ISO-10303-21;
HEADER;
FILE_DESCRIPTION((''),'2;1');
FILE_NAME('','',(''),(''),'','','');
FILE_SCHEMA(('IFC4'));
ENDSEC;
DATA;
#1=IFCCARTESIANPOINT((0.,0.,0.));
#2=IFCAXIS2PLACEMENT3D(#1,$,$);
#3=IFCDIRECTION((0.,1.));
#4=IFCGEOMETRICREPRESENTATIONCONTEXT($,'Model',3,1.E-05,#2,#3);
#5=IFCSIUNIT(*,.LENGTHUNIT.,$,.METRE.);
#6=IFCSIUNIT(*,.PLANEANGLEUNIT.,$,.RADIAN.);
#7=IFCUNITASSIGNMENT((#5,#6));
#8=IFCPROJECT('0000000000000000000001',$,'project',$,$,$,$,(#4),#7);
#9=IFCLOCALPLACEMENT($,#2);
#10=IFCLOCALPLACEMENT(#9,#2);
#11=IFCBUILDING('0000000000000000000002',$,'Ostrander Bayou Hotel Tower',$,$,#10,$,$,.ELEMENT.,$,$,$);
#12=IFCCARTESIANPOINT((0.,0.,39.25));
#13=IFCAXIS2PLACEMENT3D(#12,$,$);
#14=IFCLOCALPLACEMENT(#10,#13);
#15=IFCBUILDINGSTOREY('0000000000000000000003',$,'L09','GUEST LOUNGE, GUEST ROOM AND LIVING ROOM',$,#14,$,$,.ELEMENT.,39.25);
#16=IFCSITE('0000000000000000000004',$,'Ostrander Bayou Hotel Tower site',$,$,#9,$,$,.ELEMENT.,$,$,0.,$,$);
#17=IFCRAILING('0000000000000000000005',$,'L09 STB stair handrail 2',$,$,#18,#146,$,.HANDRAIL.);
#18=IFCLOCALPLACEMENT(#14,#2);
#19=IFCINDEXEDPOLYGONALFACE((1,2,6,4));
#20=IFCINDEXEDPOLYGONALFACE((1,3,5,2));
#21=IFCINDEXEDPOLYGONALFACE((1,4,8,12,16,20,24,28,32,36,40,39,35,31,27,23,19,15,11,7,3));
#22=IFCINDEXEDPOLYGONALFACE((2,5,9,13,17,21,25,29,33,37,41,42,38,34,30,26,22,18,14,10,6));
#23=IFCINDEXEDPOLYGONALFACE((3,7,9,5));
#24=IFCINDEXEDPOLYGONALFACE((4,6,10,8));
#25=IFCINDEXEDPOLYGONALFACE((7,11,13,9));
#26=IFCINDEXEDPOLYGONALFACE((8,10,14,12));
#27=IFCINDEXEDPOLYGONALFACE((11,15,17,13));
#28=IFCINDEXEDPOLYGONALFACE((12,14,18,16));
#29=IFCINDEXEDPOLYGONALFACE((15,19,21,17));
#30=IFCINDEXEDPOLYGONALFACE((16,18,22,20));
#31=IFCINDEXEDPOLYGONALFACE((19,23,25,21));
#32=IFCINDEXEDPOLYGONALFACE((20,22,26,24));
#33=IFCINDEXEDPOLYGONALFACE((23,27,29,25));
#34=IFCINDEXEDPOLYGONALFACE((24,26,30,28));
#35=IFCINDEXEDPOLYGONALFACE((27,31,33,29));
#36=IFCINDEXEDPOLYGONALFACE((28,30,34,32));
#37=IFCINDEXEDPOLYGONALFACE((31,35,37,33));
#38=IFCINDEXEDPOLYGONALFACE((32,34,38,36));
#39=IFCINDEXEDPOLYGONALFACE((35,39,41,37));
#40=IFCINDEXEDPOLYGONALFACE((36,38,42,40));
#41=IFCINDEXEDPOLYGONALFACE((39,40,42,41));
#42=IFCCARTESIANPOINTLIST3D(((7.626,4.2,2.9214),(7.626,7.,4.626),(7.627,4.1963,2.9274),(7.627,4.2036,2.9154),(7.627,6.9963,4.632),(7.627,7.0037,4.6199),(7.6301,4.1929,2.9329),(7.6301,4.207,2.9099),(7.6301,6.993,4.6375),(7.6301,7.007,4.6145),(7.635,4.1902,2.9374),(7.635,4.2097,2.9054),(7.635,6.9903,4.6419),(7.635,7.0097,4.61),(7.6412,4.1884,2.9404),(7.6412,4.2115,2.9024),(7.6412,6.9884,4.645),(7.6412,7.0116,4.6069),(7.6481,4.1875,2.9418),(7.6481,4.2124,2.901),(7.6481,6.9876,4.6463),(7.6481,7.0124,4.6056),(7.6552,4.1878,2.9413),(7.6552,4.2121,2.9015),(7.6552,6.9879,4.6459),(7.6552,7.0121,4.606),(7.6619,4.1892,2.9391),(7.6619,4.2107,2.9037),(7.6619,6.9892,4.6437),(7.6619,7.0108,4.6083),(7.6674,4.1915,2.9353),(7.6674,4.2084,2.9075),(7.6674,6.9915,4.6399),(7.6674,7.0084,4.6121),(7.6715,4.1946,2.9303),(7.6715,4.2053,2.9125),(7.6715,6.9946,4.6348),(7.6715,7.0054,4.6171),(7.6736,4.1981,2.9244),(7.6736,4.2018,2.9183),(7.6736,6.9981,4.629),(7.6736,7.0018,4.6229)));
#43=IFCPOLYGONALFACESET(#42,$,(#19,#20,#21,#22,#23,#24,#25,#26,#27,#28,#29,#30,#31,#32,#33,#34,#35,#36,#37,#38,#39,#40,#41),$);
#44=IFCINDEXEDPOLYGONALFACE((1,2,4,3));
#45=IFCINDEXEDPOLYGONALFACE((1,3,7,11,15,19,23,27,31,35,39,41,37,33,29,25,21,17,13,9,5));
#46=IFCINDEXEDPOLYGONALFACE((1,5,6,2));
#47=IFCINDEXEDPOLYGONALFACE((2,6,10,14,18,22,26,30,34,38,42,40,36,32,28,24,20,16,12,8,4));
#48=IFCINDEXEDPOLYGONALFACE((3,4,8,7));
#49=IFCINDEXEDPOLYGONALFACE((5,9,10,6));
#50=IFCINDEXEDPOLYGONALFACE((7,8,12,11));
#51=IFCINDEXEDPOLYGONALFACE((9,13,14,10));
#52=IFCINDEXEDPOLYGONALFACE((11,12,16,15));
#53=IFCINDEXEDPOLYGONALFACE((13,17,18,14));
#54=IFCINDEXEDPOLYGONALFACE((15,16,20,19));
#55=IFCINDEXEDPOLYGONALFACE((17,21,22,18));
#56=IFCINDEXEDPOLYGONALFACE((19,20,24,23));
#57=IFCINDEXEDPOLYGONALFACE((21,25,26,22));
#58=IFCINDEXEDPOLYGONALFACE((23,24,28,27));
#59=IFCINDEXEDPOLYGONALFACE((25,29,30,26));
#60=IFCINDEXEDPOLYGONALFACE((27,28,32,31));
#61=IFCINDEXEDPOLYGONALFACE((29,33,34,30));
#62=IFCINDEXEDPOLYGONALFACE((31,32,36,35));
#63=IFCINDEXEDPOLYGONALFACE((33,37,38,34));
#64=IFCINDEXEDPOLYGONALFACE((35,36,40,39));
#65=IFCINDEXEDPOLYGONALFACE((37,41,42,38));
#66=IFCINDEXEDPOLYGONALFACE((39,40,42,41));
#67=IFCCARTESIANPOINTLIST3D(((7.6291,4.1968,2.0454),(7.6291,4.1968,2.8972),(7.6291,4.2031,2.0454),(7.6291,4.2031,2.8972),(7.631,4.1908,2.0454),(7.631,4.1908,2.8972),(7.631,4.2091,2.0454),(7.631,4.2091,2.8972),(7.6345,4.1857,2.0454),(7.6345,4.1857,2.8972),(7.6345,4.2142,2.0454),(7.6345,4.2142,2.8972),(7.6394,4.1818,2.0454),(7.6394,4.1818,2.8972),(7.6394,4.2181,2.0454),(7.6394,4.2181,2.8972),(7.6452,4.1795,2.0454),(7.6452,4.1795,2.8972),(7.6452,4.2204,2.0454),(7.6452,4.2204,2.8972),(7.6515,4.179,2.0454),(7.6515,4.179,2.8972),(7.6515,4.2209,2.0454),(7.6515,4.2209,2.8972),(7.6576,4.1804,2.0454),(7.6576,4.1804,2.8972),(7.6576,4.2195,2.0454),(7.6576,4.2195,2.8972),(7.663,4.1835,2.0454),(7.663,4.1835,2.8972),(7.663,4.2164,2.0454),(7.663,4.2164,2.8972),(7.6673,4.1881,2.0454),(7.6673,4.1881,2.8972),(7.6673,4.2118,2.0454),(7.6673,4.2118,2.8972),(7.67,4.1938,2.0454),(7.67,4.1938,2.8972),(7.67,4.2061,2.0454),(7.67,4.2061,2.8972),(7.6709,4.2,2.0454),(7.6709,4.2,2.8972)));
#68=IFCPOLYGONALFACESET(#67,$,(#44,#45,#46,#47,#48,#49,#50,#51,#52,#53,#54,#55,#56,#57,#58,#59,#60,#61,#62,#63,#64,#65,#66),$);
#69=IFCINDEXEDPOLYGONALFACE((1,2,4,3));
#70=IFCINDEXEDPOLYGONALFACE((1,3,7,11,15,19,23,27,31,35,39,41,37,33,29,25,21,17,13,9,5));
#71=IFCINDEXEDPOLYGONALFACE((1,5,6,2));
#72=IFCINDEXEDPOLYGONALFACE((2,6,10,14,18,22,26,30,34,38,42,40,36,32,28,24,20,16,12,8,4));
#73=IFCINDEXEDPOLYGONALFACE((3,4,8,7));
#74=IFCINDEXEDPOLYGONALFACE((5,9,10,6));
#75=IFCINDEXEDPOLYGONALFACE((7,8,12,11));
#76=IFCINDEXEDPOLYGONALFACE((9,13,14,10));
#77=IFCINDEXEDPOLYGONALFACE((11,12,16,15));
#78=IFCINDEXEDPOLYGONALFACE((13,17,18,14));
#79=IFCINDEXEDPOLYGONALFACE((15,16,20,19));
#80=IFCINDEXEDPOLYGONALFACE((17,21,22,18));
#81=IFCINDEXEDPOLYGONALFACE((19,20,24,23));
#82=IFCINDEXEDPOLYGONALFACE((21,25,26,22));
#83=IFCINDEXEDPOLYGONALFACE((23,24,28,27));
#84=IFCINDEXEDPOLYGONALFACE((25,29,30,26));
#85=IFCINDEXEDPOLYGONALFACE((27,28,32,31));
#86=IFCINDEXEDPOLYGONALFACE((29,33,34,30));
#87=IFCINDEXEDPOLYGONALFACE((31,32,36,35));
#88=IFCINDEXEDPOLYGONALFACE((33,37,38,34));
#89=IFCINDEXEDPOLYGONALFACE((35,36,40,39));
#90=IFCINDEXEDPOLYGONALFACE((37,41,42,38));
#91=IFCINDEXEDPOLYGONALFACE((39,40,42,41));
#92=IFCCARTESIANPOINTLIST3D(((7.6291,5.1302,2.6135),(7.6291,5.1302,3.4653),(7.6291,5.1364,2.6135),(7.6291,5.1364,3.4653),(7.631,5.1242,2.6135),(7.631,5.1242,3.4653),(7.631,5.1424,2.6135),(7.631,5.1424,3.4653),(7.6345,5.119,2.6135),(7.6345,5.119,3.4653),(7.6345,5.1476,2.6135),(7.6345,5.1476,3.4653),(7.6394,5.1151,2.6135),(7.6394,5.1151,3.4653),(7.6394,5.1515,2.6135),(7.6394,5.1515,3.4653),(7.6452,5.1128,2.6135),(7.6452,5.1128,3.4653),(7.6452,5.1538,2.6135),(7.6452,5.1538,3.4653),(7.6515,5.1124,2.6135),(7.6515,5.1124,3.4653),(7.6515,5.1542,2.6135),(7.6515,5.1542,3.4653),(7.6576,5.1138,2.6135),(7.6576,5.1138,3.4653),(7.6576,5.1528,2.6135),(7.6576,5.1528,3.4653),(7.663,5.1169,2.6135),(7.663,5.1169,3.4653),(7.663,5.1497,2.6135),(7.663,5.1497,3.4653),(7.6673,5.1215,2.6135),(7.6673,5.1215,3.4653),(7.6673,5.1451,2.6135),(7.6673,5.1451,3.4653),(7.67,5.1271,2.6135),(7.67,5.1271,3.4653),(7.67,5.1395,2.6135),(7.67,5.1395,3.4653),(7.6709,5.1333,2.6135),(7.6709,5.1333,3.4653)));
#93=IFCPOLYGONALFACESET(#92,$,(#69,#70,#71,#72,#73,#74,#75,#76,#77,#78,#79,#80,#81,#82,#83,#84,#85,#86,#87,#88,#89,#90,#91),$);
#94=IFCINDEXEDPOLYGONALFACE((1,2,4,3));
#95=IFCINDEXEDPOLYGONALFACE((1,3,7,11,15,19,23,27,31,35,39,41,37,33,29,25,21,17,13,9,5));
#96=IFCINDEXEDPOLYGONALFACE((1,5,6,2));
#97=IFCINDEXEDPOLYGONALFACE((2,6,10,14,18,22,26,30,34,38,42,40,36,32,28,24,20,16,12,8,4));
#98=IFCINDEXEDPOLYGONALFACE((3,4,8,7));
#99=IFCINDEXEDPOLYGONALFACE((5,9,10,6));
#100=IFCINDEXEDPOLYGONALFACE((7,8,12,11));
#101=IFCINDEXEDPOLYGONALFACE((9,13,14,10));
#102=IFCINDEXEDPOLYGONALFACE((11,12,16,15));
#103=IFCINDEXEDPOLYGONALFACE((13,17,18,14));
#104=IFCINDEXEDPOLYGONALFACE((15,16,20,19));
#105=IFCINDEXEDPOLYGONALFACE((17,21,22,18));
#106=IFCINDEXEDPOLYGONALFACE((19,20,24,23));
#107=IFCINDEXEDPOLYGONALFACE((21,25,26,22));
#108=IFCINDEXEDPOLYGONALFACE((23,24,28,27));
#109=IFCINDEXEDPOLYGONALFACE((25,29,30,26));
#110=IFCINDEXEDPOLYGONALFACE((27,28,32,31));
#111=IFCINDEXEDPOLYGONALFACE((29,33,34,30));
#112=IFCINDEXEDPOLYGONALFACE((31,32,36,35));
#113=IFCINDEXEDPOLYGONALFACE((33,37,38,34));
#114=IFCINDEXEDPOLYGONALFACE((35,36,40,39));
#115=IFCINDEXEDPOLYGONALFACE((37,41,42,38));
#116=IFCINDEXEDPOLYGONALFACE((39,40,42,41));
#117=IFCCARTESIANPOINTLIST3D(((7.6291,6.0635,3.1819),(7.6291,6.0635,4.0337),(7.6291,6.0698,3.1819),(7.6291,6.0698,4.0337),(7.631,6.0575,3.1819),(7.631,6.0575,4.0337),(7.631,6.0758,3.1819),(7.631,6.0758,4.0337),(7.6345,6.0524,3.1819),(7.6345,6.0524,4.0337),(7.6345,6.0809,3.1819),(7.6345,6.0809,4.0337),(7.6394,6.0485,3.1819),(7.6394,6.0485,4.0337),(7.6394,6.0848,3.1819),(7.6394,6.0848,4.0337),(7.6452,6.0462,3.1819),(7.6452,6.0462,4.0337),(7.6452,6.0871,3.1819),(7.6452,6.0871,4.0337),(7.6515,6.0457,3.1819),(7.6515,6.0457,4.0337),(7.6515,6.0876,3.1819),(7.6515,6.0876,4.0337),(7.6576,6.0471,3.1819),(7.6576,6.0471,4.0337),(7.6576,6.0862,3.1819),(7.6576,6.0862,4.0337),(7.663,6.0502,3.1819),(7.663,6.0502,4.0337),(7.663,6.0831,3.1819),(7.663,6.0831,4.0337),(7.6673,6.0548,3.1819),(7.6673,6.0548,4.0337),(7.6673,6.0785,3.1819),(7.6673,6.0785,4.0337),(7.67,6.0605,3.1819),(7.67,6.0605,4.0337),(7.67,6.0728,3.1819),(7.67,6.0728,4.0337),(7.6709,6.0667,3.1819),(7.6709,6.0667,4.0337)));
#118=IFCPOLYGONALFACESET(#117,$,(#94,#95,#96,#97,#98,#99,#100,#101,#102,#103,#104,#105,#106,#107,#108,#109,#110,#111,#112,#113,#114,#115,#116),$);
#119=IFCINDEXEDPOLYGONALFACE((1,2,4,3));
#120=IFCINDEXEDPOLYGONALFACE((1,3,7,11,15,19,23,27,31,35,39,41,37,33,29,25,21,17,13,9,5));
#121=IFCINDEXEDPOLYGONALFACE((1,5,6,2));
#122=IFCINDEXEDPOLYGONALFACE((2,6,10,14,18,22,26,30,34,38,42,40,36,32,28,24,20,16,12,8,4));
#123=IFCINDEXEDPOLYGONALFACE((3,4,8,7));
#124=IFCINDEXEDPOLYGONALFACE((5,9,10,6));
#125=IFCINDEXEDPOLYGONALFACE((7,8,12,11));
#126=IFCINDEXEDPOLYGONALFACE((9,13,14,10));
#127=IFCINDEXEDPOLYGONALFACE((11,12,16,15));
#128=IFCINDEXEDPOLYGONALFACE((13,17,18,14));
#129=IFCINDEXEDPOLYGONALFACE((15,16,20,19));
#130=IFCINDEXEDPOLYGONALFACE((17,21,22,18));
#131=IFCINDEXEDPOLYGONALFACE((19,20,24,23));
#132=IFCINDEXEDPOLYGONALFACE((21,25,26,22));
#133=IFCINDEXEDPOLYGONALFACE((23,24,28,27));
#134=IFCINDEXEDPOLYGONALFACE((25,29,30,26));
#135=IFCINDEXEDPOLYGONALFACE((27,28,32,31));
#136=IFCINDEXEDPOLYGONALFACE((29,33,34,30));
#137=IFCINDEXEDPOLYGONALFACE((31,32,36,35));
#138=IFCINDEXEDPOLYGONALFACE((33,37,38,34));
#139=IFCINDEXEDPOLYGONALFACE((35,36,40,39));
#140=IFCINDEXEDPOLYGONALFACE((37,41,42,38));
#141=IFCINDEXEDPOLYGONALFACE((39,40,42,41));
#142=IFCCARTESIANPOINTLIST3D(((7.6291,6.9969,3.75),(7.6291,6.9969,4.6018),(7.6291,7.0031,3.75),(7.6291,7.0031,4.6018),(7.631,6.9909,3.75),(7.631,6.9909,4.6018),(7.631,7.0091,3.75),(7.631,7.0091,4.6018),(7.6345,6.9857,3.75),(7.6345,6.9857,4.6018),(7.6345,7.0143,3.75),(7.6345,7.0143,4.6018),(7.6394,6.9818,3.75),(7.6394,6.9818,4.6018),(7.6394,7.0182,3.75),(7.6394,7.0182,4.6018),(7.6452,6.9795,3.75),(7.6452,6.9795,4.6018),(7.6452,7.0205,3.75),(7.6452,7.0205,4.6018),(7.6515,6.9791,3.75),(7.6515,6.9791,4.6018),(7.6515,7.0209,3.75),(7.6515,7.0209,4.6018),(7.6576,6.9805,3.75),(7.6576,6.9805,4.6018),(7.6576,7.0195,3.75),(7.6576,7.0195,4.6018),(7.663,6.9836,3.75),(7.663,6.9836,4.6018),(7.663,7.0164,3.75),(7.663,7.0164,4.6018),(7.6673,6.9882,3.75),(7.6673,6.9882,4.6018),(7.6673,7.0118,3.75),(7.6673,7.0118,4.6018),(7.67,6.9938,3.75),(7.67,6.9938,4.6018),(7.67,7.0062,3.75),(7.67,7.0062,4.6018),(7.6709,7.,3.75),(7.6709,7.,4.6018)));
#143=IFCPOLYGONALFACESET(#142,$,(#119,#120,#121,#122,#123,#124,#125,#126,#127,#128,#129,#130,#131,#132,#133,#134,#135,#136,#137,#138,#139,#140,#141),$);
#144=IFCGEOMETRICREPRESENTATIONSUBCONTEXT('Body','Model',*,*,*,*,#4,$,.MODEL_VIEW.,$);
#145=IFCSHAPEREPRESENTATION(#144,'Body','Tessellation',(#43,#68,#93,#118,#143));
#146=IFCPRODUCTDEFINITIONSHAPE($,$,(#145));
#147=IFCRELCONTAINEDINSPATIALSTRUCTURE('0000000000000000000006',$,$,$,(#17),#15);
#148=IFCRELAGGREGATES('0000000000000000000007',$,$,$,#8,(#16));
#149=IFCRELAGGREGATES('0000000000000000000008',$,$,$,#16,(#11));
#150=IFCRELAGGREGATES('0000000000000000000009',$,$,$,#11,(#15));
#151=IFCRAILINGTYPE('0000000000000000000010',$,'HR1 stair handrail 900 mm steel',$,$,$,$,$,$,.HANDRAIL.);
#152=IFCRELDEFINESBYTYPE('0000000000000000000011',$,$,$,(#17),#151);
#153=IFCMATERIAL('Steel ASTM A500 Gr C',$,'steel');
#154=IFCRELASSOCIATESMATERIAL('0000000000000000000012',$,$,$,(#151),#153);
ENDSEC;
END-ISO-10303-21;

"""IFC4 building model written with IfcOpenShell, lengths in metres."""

from ifc_helpers import new_model, si_unit, direction, frame, origin, origin_2d, place, context, subcontext, project, spatial, circle, extrude, material, type_object, element, save


model = new_model("IFC4")

# Units and contexts
model_context = context("Model", 3, precision=1e-05, world=origin(), true_north=direction((0.0, 1.0)))
body_context = subcontext(model_context, "Body", "Model", "MODEL_VIEW")
ifc_project = project(units=[si_unit("LENGTHUNIT", "METRE"), si_unit("PLANEANGLEUNIT", "RADIAN")], contexts=[model_context])

# Site, building, storey
site_placement = place(None, origin())
site = spatial("IfcSite", under=ifc_project, at=site_placement, Name="Ostrander Bayou Hotel Tower site", CompositionType="ELEMENT", RefElevation=0.0)
building_placement = place(site_placement, origin())
building = spatial("IfcBuilding", under=site, at=building_placement, Name="Ostrander Bayou Hotel Tower", CompositionType="ELEMENT")
storey_placement = place(building_placement, frame((0.0, 0.0, 39.25)))
storey = spatial("IfcBuildingStorey", under=building, at=storey_placement, Name="L09", Description="GUEST LOUNGE, GUEST ROOM AND LIVING ROOM", CompositionType="ELEMENT", Elevation=39.25)

# Railing
ifc_material_1 = material(Name="Steel ASTM A500 Gr C", Category="steel")
railing_type_1 = type_object("IfcRailingType", Name="HR1 stair handrail 900 mm steel", PredefinedType="HANDRAIL", material=ifc_material_1)
railing_1_placement = place(storey_placement, frame((7.6499, 4.2, 2.0454)))
element("IfcRailing", 1, at=railing_1_placement, inside=storey, type_object=railing_type_1, Name="L09 STB stair handrail 2", PredefinedType="HANDRAIL", context=body_context, shape_type="SweptSolid", body=[
    extrude(circle(Radius=0.0239, at=origin_2d()), frame((0.0, 0.0, 0.876), z_axis=(0.0, 0.85417, 0.519994), x_axis=(-1.0, 0.0, 0.0)), (0.0, 0.0, 1.0), 3.2781),
    extrude(circle(Radius=0.021, at=origin_2d()), origin(), (0.0, 0.0, 1.0), 0.8518),
    extrude(circle(Radius=0.021, at=origin_2d()), frame((0.0, 0.9333, 0.5681)), (0.0, 0.0, 1.0), 0.8518),
    extrude(circle(Radius=0.021, at=origin_2d()), frame((0.0, 1.8667, 1.1365)), (0.0, 0.0, 1.0), 0.8518),
    extrude(circle(Radius=0.021, at=origin_2d()), frame((0.0, 2.8, 1.7046)), (0.0, 0.0, 1.0), 0.8518),
])

save(model, "model.ifc")
